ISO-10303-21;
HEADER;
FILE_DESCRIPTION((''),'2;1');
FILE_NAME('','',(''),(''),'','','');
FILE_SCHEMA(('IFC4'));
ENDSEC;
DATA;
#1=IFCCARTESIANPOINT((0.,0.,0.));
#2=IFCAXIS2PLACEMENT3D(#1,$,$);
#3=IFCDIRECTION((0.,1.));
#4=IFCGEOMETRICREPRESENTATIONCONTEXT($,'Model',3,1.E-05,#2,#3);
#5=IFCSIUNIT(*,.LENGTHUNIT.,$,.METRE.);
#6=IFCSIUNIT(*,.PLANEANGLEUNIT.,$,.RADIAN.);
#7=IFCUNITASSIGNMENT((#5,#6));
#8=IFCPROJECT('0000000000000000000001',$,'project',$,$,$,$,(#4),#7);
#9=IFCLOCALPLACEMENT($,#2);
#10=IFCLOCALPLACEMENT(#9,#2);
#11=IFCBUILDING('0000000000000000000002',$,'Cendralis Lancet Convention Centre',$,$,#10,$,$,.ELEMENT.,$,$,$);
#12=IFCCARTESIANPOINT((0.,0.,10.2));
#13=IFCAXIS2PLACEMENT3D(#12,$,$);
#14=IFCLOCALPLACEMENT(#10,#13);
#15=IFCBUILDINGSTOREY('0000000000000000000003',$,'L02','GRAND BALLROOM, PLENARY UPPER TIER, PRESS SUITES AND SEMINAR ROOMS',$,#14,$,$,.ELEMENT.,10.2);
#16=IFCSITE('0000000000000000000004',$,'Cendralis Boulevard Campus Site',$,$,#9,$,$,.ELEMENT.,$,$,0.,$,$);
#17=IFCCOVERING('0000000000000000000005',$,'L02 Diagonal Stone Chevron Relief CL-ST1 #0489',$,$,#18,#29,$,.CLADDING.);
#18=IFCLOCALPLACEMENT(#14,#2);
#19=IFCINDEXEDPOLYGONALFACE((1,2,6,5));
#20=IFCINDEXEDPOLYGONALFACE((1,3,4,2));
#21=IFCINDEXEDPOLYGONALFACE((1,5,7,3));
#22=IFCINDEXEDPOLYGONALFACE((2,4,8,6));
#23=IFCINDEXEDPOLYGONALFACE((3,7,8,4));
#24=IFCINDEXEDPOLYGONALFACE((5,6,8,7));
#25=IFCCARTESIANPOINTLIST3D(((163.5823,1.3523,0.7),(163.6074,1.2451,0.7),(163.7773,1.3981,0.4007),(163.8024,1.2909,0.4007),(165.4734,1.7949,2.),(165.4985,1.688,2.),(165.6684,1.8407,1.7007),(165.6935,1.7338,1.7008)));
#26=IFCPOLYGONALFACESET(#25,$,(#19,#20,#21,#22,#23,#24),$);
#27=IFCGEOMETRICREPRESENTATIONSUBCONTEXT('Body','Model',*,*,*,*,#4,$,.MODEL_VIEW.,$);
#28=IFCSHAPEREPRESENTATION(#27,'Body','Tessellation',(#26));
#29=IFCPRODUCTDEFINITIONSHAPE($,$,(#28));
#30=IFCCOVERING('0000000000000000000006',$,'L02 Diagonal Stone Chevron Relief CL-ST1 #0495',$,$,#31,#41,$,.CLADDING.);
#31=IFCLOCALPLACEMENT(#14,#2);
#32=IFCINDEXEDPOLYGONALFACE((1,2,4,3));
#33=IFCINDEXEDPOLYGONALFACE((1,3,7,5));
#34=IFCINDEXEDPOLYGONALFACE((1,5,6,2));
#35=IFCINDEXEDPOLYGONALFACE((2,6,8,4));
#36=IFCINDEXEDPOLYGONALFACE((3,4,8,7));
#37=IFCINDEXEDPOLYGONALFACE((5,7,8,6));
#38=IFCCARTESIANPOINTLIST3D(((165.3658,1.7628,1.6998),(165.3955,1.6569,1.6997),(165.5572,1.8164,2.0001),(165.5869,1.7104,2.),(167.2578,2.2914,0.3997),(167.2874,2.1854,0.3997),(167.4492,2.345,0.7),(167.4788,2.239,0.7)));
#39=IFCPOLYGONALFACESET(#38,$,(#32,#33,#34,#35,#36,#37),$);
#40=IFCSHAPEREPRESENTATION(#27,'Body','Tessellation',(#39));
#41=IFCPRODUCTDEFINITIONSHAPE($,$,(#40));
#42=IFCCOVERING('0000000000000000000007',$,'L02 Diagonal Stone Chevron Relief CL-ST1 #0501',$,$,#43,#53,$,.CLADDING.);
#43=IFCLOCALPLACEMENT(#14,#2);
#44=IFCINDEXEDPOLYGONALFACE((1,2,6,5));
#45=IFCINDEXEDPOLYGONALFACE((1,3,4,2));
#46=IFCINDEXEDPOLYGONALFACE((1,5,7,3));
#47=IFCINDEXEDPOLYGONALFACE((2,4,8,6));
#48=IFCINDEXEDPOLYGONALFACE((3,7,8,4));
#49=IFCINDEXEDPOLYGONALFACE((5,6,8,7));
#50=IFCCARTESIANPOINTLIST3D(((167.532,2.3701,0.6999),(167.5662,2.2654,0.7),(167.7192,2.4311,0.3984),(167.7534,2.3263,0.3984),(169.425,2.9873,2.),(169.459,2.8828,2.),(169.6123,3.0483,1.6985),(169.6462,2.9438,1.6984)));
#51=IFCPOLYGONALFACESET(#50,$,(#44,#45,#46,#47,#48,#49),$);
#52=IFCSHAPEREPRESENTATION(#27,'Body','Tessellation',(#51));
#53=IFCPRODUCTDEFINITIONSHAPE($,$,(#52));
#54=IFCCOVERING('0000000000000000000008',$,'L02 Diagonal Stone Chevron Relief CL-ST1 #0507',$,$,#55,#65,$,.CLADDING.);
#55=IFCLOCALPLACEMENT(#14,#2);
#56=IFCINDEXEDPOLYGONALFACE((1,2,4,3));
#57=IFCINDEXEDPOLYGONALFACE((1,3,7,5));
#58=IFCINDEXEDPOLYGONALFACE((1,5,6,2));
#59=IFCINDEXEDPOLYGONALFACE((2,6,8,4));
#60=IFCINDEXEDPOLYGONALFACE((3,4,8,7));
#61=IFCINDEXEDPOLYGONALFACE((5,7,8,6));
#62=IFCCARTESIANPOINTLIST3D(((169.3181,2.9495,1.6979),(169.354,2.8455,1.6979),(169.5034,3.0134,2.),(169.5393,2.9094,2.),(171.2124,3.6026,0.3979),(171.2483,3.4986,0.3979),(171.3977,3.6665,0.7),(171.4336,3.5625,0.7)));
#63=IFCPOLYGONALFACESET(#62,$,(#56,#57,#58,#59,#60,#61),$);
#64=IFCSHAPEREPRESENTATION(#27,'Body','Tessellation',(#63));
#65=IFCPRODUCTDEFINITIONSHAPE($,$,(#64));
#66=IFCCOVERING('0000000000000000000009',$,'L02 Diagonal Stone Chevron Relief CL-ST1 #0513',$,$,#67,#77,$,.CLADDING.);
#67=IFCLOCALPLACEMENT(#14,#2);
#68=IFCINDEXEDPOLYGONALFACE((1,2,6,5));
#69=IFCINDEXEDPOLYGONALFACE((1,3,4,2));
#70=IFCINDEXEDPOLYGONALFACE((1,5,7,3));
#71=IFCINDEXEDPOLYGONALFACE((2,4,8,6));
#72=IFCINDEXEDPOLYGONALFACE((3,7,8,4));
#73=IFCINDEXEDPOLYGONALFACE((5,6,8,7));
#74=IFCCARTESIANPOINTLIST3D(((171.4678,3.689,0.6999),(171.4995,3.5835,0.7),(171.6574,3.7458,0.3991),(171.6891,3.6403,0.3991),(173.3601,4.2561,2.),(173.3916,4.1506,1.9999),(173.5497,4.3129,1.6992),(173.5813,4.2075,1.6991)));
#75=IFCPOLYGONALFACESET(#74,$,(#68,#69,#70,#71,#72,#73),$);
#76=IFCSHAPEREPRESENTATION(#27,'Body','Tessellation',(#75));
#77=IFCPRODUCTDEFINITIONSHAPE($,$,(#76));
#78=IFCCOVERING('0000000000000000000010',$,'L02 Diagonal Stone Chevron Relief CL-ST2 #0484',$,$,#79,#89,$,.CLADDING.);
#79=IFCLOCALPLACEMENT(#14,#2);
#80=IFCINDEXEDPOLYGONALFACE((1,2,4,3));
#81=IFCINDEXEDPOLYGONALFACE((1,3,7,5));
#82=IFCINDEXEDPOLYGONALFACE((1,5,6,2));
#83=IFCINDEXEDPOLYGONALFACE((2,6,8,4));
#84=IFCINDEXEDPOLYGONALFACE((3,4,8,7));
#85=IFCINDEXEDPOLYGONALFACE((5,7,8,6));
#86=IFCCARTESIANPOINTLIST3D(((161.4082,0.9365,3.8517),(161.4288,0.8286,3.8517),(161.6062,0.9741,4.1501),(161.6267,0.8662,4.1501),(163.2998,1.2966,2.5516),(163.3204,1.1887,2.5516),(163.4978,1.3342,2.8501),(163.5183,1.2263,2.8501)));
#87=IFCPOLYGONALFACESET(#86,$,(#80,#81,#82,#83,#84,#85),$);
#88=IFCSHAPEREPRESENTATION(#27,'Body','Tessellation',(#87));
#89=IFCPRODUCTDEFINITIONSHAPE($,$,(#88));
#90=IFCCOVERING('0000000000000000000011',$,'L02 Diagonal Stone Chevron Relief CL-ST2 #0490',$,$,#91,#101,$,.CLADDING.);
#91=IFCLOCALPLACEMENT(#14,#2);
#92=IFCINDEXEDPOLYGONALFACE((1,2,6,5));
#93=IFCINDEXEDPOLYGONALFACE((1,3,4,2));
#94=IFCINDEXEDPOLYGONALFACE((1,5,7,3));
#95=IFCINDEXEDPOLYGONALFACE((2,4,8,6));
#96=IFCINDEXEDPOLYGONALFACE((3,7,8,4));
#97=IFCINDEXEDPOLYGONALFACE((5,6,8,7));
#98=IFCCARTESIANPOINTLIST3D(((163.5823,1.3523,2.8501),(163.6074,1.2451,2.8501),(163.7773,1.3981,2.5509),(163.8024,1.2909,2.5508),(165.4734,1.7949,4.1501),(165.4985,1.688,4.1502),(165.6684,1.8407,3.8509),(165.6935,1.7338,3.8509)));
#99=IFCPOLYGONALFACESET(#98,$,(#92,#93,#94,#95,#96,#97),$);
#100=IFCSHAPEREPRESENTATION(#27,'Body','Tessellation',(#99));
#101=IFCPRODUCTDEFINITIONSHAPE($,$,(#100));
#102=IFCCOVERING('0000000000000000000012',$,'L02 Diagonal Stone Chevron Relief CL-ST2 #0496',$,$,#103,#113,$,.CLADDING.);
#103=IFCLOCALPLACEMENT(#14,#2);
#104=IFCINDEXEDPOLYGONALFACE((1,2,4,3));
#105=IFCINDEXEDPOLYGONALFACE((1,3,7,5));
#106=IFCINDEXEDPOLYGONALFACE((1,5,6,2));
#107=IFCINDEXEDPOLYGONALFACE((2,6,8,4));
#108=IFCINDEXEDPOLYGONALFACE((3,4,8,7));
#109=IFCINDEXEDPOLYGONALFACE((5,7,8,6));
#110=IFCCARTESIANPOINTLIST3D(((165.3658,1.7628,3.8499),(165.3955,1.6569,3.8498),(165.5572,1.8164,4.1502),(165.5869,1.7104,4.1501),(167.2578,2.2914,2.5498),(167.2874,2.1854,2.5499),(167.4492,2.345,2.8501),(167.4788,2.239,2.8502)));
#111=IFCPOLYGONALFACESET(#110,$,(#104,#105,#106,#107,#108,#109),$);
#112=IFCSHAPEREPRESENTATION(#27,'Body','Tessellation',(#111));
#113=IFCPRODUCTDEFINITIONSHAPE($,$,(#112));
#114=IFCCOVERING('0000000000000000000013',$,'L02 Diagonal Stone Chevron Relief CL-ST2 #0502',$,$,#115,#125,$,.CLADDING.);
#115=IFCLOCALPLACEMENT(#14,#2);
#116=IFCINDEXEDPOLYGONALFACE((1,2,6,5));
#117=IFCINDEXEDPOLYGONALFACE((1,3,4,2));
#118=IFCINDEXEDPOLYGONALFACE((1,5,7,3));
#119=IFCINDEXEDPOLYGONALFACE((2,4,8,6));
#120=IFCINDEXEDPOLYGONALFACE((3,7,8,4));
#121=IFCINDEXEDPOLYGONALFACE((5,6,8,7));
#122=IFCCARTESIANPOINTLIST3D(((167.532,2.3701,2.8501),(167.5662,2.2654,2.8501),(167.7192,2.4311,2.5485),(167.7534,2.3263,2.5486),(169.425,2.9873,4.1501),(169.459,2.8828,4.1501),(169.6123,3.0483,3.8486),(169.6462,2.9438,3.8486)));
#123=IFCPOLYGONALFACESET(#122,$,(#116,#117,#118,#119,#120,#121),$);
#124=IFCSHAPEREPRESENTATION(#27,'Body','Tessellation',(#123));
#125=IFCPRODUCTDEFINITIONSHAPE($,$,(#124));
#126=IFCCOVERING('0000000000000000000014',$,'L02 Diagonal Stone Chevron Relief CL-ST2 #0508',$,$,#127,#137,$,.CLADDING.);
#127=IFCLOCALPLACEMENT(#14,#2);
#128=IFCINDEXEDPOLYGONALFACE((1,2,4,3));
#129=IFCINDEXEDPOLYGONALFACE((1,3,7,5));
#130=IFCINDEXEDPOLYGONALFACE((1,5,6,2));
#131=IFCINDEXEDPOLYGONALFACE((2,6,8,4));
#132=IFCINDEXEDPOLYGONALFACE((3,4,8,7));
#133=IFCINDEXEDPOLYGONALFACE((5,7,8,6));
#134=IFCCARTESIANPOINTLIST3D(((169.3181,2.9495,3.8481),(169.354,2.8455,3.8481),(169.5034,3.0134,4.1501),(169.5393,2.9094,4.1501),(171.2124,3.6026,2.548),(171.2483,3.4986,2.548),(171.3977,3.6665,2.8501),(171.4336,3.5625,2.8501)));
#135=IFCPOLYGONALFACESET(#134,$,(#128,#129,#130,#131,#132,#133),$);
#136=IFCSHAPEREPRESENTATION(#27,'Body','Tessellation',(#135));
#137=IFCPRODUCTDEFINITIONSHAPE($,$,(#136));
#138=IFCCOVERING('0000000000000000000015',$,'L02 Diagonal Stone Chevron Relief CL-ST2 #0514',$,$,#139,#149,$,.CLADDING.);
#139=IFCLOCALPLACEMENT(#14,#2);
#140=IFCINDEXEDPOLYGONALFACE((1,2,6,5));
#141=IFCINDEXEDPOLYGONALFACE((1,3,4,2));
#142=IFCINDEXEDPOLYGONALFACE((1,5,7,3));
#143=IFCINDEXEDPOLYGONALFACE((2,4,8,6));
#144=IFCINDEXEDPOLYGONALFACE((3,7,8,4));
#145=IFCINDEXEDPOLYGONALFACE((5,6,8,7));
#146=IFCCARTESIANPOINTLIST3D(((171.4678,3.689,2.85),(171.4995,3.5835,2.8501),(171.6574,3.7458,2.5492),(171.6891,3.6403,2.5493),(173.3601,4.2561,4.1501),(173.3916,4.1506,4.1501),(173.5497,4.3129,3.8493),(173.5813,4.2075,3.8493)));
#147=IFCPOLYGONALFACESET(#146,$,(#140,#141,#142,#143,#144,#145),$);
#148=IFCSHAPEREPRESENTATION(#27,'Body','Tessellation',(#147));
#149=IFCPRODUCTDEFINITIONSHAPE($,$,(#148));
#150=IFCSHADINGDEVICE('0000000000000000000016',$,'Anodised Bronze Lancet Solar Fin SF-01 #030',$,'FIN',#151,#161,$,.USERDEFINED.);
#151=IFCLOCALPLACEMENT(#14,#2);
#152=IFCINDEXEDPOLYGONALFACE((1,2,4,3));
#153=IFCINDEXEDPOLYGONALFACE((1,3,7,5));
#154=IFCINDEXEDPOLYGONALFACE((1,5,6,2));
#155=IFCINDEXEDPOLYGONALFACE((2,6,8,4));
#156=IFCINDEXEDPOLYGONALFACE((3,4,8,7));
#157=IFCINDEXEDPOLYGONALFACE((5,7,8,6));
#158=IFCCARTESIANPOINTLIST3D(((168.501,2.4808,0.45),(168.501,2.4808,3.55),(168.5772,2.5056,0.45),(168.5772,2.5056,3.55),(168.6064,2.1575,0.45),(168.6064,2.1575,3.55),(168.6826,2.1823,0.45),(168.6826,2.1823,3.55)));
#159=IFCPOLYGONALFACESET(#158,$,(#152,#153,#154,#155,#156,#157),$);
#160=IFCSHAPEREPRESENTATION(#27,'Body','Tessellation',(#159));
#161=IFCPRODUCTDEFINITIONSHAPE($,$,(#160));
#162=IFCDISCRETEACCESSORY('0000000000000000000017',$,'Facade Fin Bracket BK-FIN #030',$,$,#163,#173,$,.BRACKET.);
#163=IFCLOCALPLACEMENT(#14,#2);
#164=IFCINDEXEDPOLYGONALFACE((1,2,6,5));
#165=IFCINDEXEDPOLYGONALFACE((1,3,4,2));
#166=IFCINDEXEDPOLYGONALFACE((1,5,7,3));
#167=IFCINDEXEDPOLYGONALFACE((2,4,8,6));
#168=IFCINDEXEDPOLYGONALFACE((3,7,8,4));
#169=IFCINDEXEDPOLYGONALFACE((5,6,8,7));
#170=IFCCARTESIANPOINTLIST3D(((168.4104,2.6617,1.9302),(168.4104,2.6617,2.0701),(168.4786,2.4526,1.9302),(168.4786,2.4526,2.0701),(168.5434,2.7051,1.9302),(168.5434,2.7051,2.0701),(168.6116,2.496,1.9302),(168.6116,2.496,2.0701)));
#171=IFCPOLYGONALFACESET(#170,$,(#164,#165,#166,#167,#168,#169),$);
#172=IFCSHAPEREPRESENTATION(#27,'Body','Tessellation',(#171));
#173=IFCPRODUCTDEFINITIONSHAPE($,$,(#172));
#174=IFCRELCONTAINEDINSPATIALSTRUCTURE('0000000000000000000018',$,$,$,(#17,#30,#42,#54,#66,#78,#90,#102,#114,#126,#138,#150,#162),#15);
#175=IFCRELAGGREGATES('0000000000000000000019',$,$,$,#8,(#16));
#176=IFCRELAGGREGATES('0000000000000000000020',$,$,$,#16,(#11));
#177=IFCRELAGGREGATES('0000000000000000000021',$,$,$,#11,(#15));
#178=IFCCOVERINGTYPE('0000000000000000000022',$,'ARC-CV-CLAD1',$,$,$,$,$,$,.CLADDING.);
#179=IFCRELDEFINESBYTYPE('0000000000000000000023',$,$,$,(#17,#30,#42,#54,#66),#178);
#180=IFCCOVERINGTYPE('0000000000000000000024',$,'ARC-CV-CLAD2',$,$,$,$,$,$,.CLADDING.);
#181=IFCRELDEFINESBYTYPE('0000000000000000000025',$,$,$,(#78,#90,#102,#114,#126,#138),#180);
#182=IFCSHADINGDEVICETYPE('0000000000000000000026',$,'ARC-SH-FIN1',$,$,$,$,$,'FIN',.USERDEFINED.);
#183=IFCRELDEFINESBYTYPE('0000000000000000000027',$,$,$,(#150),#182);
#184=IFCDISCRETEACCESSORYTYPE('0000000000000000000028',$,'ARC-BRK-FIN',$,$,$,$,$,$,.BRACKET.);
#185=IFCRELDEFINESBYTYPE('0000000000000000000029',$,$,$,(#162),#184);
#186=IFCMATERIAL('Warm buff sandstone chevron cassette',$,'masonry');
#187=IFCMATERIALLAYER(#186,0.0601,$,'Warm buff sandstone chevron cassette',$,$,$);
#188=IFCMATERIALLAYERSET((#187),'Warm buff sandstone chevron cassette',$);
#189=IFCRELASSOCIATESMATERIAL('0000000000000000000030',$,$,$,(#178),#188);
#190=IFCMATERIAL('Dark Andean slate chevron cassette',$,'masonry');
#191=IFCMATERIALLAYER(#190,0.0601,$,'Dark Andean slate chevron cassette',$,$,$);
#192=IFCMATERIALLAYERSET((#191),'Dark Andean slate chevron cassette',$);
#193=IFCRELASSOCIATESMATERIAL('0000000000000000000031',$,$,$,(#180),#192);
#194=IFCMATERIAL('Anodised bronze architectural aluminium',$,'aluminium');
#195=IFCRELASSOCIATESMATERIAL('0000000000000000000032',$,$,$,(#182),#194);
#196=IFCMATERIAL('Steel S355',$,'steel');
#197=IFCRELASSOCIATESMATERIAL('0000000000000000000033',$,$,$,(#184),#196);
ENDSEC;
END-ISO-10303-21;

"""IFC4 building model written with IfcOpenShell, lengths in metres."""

from ifc_helpers import new_model, si_unit, direction, frame, origin, origin_2d, place, context, subcontext, project, spatial, polyline, rectangle, outline, extrude, material, layer, layer_set, type_object, element, save


model = new_model("IFC4")

# Units and contexts
model_context = context("Model", 3, precision=1e-05, world=origin(), true_north=direction((0.0, 1.0)))
body_context = subcontext(model_context, "Body", "Model", "MODEL_VIEW")
ifc_project = project(units=[si_unit("LENGTHUNIT", "METRE"), si_unit("PLANEANGLEUNIT", "RADIAN")], contexts=[model_context])

# Site, building, storey
site_placement = place(None, origin())
site = spatial("IfcSite", under=ifc_project, at=site_placement, Name="Cendralis Boulevard Campus Site", CompositionType="ELEMENT", RefElevation=0.0)
building_placement = place(site_placement, origin())
building = spatial("IfcBuilding", under=site, at=building_placement, Name="Cendralis Lancet Convention Centre", CompositionType="ELEMENT")
storey_placement = place(building_placement, frame((0.0, 0.0, 10.2)))
storey = spatial("IfcBuildingStorey", under=building, at=storey_placement, Name="L02", Description="GRAND BALLROOM, PLENARY UPPER TIER, PRESS SUITES AND SEMINAR ROOMS", CompositionType="ELEMENT", Elevation=10.2)

# Shared definitions
ifc_material_1 = material(Name="Steel S355", Category="steel")

# Shared definitions
ifc_material_2 = material(Name="Dark Andean slate chevron cassette", Category="masonry")
ifc_material_3 = material(Name="Warm buff sandstone chevron cassette", Category="masonry")

# Coverings
ifc_layer_1 = layer(ifc_material_3, 0.0601, Name="Warm buff sandstone chevron cassette")
ifc_layer_set_1 = layer_set([ifc_layer_1], Name="Warm buff sandstone chevron cassette")
covering_type_1 = type_object("IfcCoveringType", Name="ARC-CV-CLAD1", PredefinedType="CLADDING", material=ifc_layer_set_1)
covering_1_placement = place(storey_placement, frame((163.6074, 1.2451, 0.7), z_axis=(-0.541506, -0.127195, 0.831019), x_axis=(0.809128, 0.189486, 0.556244)))
element("IfcCovering", 1, at=covering_1_placement, inside=storey, type_object=covering_type_1, Name="L02 Diagonal Stone Chevron Relief CL-ST1 #0489", PredefinedType="CLADDING", context=body_context, shape_type="SweptSolid", body=[
    extrude(outline(polyline([(0.0, 0.0), (2.3372, 0.0), (2.3371, 0.1099), (0.0, 0.1101), (0.0, 0.0)])), origin(), (0.0, 0.0, -1.0), 0.3601),
])
covering_2_placement = place(storey_placement, frame((165.5869, 1.7104, 2.0), z_axis=(0.531454, 0.148783, 0.833919), x_axis=(0.803161, 0.224396, -0.551887)))
element("IfcCovering", 2, at=covering_2_placement, inside=storey, type_object=covering_type_1, Name="L02 Diagonal Stone Chevron Relief CL-ST1 #0495", PredefinedType="CLADDING", context=body_context, shape_type="SweptSolid", body=[
    extrude(outline(polyline([(0.0, 0.0), (2.3555, 0.0), (2.3556, 0.11), (-0.0001, 0.1101), (0.0, 0.0)])), origin(), (0.0, 0.0, -1.0), 0.3601),
])
covering_3_placement = place(storey_placement, frame((167.5662, 2.2654, 0.7), z_axis=(-0.519865, -0.169244, 0.837315), x_axis=(0.796035, 0.259664, 0.54672)))
element("IfcCovering", 3, at=covering_3_placement, inside=storey, type_object=covering_type_1, Name="L02 Diagonal Stone Chevron Relief CL-ST1 #0501", PredefinedType="CLADDING", context=body_context, shape_type="SweptSolid", body=[
    extrude(outline(polyline([(0.0, 0.0), (2.3778, 0.0), (2.378, 0.1099), (0.0, 0.1102), (0.0, 0.0)])), origin(), (0.0, 0.0, -1.0), 0.3601),
])
covering_4_placement = place(storey_placement, frame((169.5393, 2.9094, 2.0), z_axis=(0.514522, 0.177546, 0.838895), x_axis=(0.793085, 0.273425, -0.544294)))
element("IfcCovering", 4, at=covering_4_placement, inside=storey, type_object=covering_type_1, Name="L02 Diagonal Stone Chevron Relief CL-ST1 #0507", PredefinedType="CLADDING", context=body_context, shape_type="SweptSolid", body=[
    extrude(outline(polyline([(0.0, 0.0), (2.3885, 0.0), (2.3885, 0.11), (0.0, 0.11), (0.0, 0.0)])), origin(), (0.0, 0.0, -1.0), 0.3601),
])
covering_5_placement = place(storey_placement, frame((171.4995, 3.5835, 0.7), z_axis=(-0.5266, -0.157858, 0.835328), x_axis=(0.800156, 0.23984, 0.549752)))
element("IfcCovering", 5, at=covering_5_placement, inside=storey, type_object=covering_type_1, Name="L02 Diagonal Stone Chevron Relief CL-ST1 #0513", PredefinedType="CLADDING", context=body_context, shape_type="SweptSolid", body=[
    extrude(outline(polyline([(0.0, 0.0), (2.3647, 0.0), (2.3648, 0.1101), (-0.0001, 0.1101), (0.0, 0.0)])), origin(), (0.0, 0.0, -1.0), 0.3601),
])
ifc_layer_2 = layer(ifc_material_2, 0.0601, Name="Dark Andean slate chevron cassette")
ifc_layer_set_2 = layer_set([ifc_layer_2], Name="Dark Andean slate chevron cassette")
covering_type_2 = type_object("IfcCoveringType", Name="ARC-CV-CLAD2", PredefinedType="CLADDING", material=ifc_layer_set_2)
covering_6_placement = place(storey_placement, frame((161.6267, 0.8662, 4.1501), z_axis=(0.549719, 0.104471, 0.828791), x_axis=(0.814169, 0.154995, -0.559558)))
element("IfcCovering", 6, at=covering_6_placement, inside=storey, type_object=covering_type_2, Name="L02 Diagonal Stone Chevron Relief CL-ST2 #0484", PredefinedType="CLADDING", context=body_context, shape_type="SweptSolid", body=[
    extrude(outline(polyline([(0.0, 0.0), (2.3234, 0.0), (2.3234, 0.1098), (0.0, 0.1098), (0.0, 0.0)])), origin(), (0.0, 0.0, -1.0), 0.3601),
])
covering_7_placement = place(storey_placement, frame((163.6074, 1.2451, 2.8501), z_axis=(-0.541506, -0.127195, 0.831019), x_axis=(0.809128, 0.189486, 0.556244)))
element("IfcCovering", 7, at=covering_7_placement, inside=storey, type_object=covering_type_2, Name="L02 Diagonal Stone Chevron Relief CL-ST2 #0490", PredefinedType="CLADDING", context=body_context, shape_type="SweptSolid", body=[
    extrude(outline(polyline([(0.0, 0.0), (2.3372, 0.0), (2.3371, 0.1099), (0.0, 0.1101), (0.0, 0.0)])), origin(), (0.0, 0.0, -1.0), 0.3601),
])
covering_8_placement = place(storey_placement, frame((165.5869, 1.7104, 4.1501), z_axis=(0.531454, 0.148783, 0.833919), x_axis=(0.803161, 0.224396, -0.551887)))
element("IfcCovering", 8, at=covering_8_placement, inside=storey, type_object=covering_type_2, Name="L02 Diagonal Stone Chevron Relief CL-ST2 #0496", PredefinedType="CLADDING", context=body_context, shape_type="SweptSolid", body=[
    extrude(outline(polyline([(0.0, 0.0), (2.3555, 0.0), (2.3556, 0.11), (-0.0001, 0.1101), (0.0, 0.0)])), origin(), (0.0, 0.0, -1.0), 0.3601),
])
covering_9_placement = place(storey_placement, frame((167.5662, 2.2654, 2.8501), z_axis=(-0.519865, -0.169244, 0.837315), x_axis=(0.796035, 0.259664, 0.54672)))
element("IfcCovering", 9, at=covering_9_placement, inside=storey, type_object=covering_type_2, Name="L02 Diagonal Stone Chevron Relief CL-ST2 #0502", PredefinedType="CLADDING", context=body_context, shape_type="SweptSolid", body=[
    extrude(outline(polyline([(0.0, 0.0), (2.3778, 0.0), (2.378, 0.1099), (0.0, 0.1102), (0.0, 0.0)])), origin(), (0.0, 0.0, -1.0), 0.3601),
])
covering_10_placement = place(storey_placement, frame((169.5393, 2.9094, 4.1501), z_axis=(0.514522, 0.177546, 0.838895), x_axis=(0.793085, 0.273425, -0.544294)))
element("IfcCovering", 10, at=covering_10_placement, inside=storey, type_object=covering_type_2, Name="L02 Diagonal Stone Chevron Relief CL-ST2 #0508", PredefinedType="CLADDING", context=body_context, shape_type="SweptSolid", body=[
    extrude(outline(polyline([(0.0, 0.0), (2.3885, 0.0), (2.3885, 0.11), (0.0, 0.11), (0.0, 0.0)])), origin(), (0.0, 0.0, -1.0), 0.3601),
])
covering_11_placement = place(storey_placement, frame((171.4995, 3.5835, 2.8501), z_axis=(-0.5266, -0.157858, 0.835328), x_axis=(0.800156, 0.23984, 0.549752)))
element("IfcCovering", 11, at=covering_11_placement, inside=storey, type_object=covering_type_2, Name="L02 Diagonal Stone Chevron Relief CL-ST2 #0514", PredefinedType="CLADDING", context=body_context, shape_type="SweptSolid", body=[
    extrude(outline(polyline([(0.0, 0.0), (2.3647, 0.0), (2.3648, 0.1101), (-0.0001, 0.1101), (0.0, 0.0)])), origin(), (0.0, 0.0, -1.0), 0.3601),
])

# Shading device
ifc_material_4 = material(Name="Anodised bronze architectural aluminium", Category="aluminium")
shading_device_type = type_object("IfcShadingDeviceType", Name="ARC-SH-FIN1", ElementType="FIN", PredefinedType="USERDEFINED", material=ifc_material_4)
shading_device_placement = place(storey_placement, frame((168.5918, 2.3315, 0.45), z_axis=(0.0, 0.0, 1.0), x_axis=(0.950738, 0.309996, 0.0)))
element("IfcShadingDevice", 12, at=shading_device_placement, inside=storey, type_object=shading_device_type, Name="Anodised Bronze Lancet Solar Fin SF-01 #030", ObjectType="FIN", PredefinedType="USERDEFINED", context=body_context, shape_type="SweptSolid", body=[
    extrude(rectangle(XDim=0.0801, YDim=0.3401, at=origin_2d()), origin(), (0.0, 0.0, 1.0), 3.1001),
])

# Discrete accessory
discrete_accessory_type = type_object("IfcDiscreteAccessoryType", Name="ARC-BRK-FIN", PredefinedType="BRACKET", material=ifc_material_1)
discrete_accessory_placement = place(storey_placement, frame((168.511, 2.5789, 1.9302), z_axis=(0.0, 0.0, 1.0), x_axis=(0.950738, 0.309996, 0.0)))
element("IfcDiscreteAccessory", 13, at=discrete_accessory_placement, inside=storey, type_object=discrete_accessory_type, Name="Facade Fin Bracket BK-FIN #030", PredefinedType="BRACKET", context=body_context, shape_type="SweptSolid", body=[
    extrude(rectangle(XDim=0.1399, YDim=0.22, at=origin_2d()), origin(), (0.0, 0.0, 1.0), 0.1399),
])

save(model, "model.ifc")
